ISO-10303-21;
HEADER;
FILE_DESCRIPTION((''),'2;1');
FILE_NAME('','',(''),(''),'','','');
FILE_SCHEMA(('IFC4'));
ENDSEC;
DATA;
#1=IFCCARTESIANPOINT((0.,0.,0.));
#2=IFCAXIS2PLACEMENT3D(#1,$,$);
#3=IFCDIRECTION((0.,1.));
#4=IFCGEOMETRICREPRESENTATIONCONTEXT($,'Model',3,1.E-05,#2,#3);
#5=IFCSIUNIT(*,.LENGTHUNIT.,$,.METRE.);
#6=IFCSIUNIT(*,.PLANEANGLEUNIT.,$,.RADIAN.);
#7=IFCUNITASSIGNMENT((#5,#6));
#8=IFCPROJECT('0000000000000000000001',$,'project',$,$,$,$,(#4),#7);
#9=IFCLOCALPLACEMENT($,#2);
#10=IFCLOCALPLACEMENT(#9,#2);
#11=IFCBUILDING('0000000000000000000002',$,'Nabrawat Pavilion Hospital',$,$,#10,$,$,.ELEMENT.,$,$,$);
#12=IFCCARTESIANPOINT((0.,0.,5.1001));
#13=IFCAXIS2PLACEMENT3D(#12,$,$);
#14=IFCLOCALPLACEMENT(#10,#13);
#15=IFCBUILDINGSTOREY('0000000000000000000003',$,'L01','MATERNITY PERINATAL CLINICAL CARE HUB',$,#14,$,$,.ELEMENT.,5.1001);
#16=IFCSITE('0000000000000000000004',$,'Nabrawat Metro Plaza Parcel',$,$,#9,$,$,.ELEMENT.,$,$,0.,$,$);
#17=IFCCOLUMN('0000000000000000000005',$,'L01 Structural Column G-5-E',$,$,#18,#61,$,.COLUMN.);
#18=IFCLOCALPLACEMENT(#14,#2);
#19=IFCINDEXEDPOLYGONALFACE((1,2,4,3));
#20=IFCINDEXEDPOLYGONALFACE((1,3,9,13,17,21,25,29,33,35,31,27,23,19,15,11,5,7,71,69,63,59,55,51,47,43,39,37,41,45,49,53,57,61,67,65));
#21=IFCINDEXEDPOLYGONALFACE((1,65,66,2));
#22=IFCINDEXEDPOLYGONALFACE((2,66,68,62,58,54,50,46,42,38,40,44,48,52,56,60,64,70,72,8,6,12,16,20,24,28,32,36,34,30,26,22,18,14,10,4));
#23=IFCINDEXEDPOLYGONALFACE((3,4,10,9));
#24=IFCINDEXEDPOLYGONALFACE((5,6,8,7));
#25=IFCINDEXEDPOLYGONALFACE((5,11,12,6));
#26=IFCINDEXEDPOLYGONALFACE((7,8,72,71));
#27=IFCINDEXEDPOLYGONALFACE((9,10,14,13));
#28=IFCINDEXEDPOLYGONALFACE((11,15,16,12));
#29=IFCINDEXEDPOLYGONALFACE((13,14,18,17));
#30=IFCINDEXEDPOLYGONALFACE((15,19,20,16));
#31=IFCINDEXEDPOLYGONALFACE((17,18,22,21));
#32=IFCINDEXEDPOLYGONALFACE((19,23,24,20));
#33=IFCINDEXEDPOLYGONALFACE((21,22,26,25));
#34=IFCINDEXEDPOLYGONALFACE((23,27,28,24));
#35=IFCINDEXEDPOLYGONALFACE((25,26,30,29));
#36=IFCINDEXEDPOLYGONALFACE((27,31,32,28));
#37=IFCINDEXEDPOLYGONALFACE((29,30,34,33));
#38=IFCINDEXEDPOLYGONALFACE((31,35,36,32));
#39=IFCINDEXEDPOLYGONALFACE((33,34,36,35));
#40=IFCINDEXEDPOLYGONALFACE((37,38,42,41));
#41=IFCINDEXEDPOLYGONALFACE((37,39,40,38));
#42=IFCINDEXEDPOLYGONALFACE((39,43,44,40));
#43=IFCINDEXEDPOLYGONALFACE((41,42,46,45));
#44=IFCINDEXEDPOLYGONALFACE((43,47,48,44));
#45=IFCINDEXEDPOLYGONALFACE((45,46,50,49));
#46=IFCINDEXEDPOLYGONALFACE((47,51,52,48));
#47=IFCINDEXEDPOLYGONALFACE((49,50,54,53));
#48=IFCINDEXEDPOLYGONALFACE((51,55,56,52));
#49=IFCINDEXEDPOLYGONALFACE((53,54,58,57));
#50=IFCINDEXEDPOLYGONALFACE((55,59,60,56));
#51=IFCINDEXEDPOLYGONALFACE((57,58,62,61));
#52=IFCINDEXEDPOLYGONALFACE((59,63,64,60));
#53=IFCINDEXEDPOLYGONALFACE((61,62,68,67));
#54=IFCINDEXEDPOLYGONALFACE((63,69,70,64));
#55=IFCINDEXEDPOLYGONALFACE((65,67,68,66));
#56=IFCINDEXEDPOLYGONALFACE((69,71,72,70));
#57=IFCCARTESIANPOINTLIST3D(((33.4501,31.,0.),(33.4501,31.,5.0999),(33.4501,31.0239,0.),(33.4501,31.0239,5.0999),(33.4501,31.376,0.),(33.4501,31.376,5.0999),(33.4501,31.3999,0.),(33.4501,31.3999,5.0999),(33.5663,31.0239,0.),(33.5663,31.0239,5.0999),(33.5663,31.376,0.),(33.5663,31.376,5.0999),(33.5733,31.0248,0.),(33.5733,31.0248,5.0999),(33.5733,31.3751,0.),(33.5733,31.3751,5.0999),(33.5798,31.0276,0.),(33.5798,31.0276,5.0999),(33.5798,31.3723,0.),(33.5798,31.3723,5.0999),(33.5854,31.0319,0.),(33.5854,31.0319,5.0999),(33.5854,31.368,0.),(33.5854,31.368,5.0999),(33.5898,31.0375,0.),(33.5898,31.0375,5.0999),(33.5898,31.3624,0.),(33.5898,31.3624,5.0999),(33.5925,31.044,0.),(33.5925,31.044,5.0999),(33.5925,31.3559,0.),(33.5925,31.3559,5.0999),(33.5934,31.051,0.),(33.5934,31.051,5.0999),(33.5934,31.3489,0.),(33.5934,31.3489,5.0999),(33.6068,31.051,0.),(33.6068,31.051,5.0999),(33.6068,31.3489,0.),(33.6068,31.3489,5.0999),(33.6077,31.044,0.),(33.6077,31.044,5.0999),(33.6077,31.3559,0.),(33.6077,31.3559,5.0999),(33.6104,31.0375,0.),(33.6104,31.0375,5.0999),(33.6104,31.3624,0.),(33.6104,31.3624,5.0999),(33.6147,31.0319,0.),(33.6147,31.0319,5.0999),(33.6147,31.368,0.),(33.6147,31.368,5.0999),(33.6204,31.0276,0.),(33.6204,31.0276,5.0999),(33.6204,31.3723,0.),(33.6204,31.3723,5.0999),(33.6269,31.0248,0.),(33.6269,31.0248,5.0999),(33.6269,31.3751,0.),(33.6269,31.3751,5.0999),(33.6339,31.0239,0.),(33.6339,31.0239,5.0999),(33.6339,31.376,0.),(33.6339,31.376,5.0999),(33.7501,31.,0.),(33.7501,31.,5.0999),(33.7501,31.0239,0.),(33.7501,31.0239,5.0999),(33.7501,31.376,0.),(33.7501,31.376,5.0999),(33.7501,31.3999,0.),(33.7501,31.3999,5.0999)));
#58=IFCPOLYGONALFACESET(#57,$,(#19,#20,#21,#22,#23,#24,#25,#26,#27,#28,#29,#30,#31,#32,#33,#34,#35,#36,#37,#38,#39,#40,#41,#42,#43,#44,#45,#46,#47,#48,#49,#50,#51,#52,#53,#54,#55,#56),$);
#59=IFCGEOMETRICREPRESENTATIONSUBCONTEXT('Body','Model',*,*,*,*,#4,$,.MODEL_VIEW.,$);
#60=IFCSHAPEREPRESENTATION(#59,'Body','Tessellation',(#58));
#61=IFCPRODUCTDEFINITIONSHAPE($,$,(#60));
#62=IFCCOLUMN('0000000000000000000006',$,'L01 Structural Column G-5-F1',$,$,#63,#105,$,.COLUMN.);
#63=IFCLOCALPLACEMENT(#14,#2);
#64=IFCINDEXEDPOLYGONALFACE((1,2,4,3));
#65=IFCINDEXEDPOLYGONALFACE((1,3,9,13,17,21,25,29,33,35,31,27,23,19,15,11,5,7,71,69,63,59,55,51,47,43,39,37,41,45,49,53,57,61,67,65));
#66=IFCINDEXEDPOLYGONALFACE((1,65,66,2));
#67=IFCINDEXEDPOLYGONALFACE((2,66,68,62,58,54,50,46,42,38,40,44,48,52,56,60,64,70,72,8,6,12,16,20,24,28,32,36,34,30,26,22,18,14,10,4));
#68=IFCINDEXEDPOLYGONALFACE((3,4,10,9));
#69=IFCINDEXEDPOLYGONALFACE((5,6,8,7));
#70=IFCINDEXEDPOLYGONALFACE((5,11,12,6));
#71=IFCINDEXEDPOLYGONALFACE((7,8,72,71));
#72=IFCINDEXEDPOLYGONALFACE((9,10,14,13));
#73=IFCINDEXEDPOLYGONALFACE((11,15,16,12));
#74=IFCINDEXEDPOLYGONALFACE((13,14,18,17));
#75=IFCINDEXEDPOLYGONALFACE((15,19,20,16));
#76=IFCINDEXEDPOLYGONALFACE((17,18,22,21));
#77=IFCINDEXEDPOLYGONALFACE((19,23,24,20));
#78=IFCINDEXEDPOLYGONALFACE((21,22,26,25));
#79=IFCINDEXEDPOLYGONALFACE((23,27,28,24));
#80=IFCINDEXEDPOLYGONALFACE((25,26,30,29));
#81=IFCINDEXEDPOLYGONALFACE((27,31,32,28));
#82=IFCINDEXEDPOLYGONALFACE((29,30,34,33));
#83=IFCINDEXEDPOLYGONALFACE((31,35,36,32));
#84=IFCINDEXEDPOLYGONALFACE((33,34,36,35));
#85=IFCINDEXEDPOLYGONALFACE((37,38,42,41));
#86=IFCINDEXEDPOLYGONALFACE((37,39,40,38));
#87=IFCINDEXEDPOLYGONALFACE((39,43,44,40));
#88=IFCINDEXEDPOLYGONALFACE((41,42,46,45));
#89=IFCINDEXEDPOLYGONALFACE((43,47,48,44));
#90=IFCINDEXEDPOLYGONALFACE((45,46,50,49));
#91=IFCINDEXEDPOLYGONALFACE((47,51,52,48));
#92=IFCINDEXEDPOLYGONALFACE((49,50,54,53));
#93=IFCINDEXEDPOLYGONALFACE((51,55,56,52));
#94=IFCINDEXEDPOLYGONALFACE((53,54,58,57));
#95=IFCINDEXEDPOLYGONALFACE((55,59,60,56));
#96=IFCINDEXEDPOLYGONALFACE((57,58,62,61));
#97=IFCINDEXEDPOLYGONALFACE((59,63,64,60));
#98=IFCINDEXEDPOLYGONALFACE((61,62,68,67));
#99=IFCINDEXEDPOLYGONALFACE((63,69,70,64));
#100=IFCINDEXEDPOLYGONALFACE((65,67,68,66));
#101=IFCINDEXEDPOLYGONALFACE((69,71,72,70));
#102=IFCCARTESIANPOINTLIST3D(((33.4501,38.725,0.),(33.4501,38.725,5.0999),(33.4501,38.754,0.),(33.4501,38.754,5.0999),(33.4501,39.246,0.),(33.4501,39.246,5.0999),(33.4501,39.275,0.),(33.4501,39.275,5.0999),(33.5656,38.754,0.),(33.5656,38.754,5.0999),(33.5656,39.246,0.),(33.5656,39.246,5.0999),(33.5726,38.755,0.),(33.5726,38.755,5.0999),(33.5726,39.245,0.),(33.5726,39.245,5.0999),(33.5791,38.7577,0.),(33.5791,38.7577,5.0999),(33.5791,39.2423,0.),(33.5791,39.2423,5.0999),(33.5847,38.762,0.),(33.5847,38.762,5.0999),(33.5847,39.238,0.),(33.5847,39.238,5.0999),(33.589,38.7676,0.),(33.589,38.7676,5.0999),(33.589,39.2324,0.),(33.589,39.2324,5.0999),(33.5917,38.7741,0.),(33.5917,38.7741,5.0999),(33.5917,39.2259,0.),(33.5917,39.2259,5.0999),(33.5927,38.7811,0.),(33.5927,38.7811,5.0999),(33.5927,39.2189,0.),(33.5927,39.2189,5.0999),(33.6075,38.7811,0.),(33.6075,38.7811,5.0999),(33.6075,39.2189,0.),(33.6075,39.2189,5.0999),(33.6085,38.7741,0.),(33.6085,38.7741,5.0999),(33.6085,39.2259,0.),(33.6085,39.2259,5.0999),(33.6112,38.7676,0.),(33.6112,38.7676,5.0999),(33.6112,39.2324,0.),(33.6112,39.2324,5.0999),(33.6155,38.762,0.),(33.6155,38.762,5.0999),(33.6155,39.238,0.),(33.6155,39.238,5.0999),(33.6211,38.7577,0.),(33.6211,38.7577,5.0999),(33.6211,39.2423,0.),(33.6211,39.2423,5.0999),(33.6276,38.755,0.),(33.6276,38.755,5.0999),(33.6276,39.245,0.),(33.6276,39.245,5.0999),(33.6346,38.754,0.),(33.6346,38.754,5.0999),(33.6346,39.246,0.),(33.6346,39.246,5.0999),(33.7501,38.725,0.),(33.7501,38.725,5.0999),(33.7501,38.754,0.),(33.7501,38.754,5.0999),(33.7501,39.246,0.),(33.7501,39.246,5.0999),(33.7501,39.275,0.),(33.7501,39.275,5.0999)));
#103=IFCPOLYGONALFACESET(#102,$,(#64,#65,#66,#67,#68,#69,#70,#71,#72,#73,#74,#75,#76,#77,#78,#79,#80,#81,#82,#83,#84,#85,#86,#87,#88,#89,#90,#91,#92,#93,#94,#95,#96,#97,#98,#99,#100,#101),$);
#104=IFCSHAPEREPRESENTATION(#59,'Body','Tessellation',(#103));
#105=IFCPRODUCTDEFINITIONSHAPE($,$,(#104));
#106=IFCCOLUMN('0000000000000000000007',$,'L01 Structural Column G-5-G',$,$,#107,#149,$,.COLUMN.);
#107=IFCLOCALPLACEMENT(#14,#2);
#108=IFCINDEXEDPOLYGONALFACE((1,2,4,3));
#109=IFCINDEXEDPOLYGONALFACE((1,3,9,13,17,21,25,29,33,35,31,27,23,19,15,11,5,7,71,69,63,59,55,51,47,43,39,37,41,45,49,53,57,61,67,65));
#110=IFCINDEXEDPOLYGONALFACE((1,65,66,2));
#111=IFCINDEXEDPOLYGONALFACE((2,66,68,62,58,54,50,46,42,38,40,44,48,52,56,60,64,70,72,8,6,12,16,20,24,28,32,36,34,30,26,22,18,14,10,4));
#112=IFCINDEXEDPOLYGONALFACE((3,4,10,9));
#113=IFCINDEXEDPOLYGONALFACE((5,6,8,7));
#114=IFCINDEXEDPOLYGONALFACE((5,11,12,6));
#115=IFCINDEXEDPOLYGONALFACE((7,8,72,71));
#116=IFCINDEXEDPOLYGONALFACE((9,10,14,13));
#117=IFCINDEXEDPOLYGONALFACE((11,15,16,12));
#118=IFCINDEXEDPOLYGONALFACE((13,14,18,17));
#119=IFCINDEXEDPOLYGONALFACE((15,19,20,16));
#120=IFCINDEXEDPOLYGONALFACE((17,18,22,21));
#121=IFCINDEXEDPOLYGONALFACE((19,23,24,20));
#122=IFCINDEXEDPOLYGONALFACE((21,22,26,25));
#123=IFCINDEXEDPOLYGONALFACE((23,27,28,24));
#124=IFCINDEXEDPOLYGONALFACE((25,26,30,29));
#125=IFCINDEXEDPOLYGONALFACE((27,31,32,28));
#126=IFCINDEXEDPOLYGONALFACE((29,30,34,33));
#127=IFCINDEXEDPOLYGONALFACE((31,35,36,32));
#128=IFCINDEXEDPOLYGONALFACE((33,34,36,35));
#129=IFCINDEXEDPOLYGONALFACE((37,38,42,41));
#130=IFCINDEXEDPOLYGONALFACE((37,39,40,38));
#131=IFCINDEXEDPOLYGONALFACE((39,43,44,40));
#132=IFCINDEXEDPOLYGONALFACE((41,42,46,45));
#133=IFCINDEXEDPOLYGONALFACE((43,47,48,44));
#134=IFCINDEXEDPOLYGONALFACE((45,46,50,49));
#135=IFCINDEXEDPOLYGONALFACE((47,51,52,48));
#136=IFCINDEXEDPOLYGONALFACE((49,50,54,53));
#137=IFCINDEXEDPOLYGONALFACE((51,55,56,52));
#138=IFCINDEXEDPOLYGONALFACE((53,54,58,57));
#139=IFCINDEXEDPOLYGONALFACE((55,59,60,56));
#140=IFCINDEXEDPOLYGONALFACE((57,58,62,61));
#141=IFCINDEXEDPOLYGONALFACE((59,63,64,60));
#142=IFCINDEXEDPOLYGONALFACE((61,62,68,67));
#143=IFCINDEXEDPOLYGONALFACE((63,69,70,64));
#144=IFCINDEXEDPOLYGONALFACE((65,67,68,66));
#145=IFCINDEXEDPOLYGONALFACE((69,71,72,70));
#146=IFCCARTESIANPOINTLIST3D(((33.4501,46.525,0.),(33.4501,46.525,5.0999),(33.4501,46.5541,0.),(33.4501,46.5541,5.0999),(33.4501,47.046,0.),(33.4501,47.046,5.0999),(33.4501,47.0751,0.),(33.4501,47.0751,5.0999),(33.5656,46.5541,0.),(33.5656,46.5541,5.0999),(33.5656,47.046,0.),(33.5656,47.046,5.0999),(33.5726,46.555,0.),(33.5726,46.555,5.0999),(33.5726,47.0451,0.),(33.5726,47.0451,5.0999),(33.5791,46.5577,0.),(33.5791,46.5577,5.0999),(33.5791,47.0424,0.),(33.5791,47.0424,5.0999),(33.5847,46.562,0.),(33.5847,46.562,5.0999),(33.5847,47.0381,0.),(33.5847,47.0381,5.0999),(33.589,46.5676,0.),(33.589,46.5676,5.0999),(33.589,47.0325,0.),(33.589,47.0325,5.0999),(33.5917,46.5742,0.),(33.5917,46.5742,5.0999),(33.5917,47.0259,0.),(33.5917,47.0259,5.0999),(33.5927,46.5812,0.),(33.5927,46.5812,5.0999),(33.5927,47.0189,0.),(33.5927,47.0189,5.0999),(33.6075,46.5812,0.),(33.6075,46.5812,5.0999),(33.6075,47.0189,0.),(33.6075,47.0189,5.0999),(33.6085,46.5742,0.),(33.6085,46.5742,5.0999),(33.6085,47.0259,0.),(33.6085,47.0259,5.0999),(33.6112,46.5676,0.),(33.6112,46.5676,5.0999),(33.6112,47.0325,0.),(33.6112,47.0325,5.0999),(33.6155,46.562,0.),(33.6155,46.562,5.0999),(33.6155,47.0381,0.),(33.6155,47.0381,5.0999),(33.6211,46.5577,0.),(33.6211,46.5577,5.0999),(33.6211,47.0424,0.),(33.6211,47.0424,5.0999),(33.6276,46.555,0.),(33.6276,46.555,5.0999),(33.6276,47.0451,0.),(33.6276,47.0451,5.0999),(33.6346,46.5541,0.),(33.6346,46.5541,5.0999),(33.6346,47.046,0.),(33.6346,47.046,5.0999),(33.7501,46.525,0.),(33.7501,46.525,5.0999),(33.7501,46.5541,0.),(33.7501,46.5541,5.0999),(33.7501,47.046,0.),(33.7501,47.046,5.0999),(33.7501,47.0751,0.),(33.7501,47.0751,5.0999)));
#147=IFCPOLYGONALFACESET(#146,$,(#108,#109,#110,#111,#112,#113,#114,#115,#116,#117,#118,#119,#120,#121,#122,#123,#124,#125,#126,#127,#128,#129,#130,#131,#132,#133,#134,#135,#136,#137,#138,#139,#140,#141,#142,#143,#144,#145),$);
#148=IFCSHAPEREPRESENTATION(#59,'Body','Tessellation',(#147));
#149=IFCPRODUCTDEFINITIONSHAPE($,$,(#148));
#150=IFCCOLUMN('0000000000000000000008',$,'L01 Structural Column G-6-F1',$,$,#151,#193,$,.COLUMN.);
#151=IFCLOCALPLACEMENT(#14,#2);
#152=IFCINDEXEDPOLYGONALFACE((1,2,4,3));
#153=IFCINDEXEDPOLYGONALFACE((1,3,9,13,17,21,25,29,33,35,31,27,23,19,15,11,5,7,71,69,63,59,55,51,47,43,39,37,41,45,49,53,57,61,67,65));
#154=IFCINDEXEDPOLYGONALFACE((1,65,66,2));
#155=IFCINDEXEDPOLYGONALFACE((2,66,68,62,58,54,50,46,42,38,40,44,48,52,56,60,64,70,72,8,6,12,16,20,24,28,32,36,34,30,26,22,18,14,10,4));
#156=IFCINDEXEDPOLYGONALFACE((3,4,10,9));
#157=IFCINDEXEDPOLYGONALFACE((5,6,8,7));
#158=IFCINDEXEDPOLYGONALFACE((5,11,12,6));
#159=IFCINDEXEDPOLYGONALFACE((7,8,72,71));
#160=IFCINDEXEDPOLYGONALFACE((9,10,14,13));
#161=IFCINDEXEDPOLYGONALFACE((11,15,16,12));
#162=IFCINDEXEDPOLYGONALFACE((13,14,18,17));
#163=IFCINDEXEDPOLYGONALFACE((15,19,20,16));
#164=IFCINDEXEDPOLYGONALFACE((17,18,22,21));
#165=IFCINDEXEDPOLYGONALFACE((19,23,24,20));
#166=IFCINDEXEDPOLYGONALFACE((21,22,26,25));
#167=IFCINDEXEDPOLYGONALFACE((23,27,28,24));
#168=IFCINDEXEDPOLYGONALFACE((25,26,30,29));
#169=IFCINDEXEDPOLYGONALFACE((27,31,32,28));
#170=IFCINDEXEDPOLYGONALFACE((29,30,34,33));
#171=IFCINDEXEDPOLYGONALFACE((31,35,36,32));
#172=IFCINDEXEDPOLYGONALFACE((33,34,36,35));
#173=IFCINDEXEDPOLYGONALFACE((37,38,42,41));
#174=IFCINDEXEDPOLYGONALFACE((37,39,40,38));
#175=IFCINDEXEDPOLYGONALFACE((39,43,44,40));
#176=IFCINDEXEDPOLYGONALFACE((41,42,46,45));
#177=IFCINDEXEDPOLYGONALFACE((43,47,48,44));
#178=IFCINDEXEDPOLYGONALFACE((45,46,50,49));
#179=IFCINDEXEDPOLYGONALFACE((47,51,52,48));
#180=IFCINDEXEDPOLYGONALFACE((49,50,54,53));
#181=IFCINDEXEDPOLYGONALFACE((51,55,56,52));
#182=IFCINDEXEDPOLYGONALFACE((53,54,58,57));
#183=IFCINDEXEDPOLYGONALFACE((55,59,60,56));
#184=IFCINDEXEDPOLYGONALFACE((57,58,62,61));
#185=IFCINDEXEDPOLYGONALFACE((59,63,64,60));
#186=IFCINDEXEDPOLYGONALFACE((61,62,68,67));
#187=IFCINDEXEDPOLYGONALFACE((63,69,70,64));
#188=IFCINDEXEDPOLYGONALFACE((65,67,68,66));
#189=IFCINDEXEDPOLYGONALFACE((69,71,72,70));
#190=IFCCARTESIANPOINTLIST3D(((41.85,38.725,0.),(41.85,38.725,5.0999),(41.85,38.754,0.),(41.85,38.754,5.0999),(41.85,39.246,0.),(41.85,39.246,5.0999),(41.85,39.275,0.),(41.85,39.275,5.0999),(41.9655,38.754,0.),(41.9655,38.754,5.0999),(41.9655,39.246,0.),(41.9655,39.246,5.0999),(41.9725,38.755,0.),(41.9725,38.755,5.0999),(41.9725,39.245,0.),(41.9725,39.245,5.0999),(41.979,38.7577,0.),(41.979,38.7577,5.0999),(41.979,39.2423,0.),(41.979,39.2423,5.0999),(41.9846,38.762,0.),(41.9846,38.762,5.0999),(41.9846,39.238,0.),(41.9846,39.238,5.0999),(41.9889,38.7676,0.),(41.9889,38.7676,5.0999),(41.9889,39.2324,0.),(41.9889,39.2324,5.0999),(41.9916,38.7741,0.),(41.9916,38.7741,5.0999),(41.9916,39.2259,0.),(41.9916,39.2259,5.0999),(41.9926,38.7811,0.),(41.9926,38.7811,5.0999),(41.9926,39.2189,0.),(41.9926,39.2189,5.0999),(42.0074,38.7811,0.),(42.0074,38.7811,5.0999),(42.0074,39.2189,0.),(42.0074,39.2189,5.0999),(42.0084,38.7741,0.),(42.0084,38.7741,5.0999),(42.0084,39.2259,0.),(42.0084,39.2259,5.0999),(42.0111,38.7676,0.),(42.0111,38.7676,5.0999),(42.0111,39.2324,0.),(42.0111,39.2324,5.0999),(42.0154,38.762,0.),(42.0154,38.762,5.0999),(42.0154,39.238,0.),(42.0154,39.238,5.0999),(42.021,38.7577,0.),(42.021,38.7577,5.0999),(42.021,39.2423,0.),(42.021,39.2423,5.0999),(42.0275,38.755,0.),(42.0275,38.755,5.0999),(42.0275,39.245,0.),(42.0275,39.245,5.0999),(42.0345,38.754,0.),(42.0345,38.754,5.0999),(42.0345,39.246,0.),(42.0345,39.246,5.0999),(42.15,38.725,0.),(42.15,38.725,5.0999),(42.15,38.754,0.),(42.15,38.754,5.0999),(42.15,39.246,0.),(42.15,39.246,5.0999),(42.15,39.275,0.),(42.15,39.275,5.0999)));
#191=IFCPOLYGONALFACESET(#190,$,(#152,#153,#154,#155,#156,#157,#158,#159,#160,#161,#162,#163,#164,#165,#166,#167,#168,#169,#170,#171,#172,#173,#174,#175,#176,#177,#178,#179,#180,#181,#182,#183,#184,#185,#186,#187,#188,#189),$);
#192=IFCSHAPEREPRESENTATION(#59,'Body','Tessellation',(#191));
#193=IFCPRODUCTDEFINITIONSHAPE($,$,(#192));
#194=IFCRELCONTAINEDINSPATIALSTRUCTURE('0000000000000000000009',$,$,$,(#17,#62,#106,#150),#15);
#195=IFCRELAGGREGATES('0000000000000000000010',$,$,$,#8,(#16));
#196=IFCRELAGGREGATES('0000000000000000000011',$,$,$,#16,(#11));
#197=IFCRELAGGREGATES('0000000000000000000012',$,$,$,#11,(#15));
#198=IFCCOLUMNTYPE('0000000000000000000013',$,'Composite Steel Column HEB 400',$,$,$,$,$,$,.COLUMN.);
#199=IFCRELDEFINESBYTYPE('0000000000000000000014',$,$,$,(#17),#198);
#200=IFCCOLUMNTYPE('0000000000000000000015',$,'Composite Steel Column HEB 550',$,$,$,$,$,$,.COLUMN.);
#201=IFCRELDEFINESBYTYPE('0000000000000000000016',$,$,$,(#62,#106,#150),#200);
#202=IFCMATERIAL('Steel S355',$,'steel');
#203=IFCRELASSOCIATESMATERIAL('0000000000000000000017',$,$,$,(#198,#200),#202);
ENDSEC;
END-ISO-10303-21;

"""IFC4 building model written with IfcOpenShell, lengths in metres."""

from ifc_helpers import new_model, si_unit, direction, frame, origin, origin_2d, place, context, subcontext, project, spatial, i_section, extrude, material, material_profile, profile_set, type_object, element, save


model = new_model("IFC4")

# Units and contexts
model_context = context("Model", 3, precision=1e-05, world=origin(), true_north=direction((0.0, 1.0)))
body_context = subcontext(model_context, "Body", "Model", "MODEL_VIEW")
ifc_project = project(units=[si_unit("LENGTHUNIT", "METRE"), si_unit("PLANEANGLEUNIT", "RADIAN")], contexts=[model_context])

# Site, building, storey
site_placement = place(None, origin())
site = spatial("IfcSite", under=ifc_project, at=site_placement, Name="Nabrawat Metro Plaza Parcel", CompositionType="ELEMENT", RefElevation=0.0)
building_placement = place(site_placement, origin())
building = spatial("IfcBuilding", under=site, at=building_placement, Name="Nabrawat Pavilion Hospital", CompositionType="ELEMENT")
storey_placement = place(building_placement, frame((0.0, 0.0, 5.1001)))
storey = spatial("IfcBuildingStorey", under=building, at=storey_placement, Name="L01", Description="MATERNITY PERINATAL CLINICAL CARE HUB", CompositionType="ELEMENT", Elevation=5.1001)

# Columns
ifc_material_1 = material(Name="Steel S355", Category="steel")
ifc_material_profile_1 = material_profile(ifc_material_1, i_section(OverallWidth=0.3, OverallDepth=0.3999, WebThickness=0.0134, FlangeThickness=0.0239, FilletRadius=0.0271, at=origin_2d()), Name="HEB 400")
ifc_profile_set_1 = profile_set([ifc_material_profile_1], Name="Steel S355")
column_type_1 = type_object("IfcColumnType", Name="Composite Steel Column HEB 400", PredefinedType="COLUMN", material=ifc_profile_set_1)
column_1_placement = place(storey_placement, frame((33.6001, 31.2, 0.0), z_axis=(0.0, 0.0, 1.0), x_axis=(1.0, 0.0, 0.0)))
element("IfcColumn", 1, at=column_1_placement, inside=storey, type_object=column_type_1, Name="L01 Structural Column G-5-E", PredefinedType="COLUMN", context=body_context, shape_type="SweptSolid", body=[
    extrude(i_section(OverallWidth=0.3, OverallDepth=0.3999, WebThickness=0.0134, FlangeThickness=0.0239, FilletRadius=0.0271, at=origin_2d()), origin(), (0.0, 0.0, 1.0), 5.0999),
])
ifc_material_profile_2 = material_profile(ifc_material_1, i_section(OverallWidth=0.3, OverallDepth=0.55, WebThickness=0.0149, FlangeThickness=0.0291, FilletRadius=0.0271, at=origin_2d()), Name="HEB 550")
ifc_profile_set_2 = profile_set([ifc_material_profile_2], Name="Steel S355")
column_type_2 = type_object("IfcColumnType", Name="Composite Steel Column HEB 550", PredefinedType="COLUMN", material=ifc_profile_set_2)
for number, where, z_axis, x_axis, name in (
    (2, (33.6001, 39.0, 0.0), (0.0, 0.0, 1.0), (1.0, 0.0, 0.0), "L01 Structural Column G-5-F1"),
    (3, (33.6001, 46.8, 0.0), (0.0, 0.0, 1.0), (1.0, 0.0, 0.0), "L01 Structural Column G-5-G"),
    (4, (42.0, 39.0, 0.0), (0.0, 0.0, 1.0), (1.0, 0.0, 0.0), "L01 Structural Column G-6-F1"),
):
    element("IfcColumn", number, at=place(storey_placement, frame(where, z_axis=z_axis, x_axis=x_axis)), inside=storey, type_object=column_type_2, Name=name, PredefinedType="COLUMN", context=body_context, shape_type="SweptSolid", body=[
        extrude(i_section(OverallWidth=0.3, OverallDepth=0.55, WebThickness=0.0149, FlangeThickness=0.0291, FilletRadius=0.0271, at=origin_2d()), origin(), (0.0, 0.0, 1.0), 5.0999),
    ])

save(model, "model.ifc")
